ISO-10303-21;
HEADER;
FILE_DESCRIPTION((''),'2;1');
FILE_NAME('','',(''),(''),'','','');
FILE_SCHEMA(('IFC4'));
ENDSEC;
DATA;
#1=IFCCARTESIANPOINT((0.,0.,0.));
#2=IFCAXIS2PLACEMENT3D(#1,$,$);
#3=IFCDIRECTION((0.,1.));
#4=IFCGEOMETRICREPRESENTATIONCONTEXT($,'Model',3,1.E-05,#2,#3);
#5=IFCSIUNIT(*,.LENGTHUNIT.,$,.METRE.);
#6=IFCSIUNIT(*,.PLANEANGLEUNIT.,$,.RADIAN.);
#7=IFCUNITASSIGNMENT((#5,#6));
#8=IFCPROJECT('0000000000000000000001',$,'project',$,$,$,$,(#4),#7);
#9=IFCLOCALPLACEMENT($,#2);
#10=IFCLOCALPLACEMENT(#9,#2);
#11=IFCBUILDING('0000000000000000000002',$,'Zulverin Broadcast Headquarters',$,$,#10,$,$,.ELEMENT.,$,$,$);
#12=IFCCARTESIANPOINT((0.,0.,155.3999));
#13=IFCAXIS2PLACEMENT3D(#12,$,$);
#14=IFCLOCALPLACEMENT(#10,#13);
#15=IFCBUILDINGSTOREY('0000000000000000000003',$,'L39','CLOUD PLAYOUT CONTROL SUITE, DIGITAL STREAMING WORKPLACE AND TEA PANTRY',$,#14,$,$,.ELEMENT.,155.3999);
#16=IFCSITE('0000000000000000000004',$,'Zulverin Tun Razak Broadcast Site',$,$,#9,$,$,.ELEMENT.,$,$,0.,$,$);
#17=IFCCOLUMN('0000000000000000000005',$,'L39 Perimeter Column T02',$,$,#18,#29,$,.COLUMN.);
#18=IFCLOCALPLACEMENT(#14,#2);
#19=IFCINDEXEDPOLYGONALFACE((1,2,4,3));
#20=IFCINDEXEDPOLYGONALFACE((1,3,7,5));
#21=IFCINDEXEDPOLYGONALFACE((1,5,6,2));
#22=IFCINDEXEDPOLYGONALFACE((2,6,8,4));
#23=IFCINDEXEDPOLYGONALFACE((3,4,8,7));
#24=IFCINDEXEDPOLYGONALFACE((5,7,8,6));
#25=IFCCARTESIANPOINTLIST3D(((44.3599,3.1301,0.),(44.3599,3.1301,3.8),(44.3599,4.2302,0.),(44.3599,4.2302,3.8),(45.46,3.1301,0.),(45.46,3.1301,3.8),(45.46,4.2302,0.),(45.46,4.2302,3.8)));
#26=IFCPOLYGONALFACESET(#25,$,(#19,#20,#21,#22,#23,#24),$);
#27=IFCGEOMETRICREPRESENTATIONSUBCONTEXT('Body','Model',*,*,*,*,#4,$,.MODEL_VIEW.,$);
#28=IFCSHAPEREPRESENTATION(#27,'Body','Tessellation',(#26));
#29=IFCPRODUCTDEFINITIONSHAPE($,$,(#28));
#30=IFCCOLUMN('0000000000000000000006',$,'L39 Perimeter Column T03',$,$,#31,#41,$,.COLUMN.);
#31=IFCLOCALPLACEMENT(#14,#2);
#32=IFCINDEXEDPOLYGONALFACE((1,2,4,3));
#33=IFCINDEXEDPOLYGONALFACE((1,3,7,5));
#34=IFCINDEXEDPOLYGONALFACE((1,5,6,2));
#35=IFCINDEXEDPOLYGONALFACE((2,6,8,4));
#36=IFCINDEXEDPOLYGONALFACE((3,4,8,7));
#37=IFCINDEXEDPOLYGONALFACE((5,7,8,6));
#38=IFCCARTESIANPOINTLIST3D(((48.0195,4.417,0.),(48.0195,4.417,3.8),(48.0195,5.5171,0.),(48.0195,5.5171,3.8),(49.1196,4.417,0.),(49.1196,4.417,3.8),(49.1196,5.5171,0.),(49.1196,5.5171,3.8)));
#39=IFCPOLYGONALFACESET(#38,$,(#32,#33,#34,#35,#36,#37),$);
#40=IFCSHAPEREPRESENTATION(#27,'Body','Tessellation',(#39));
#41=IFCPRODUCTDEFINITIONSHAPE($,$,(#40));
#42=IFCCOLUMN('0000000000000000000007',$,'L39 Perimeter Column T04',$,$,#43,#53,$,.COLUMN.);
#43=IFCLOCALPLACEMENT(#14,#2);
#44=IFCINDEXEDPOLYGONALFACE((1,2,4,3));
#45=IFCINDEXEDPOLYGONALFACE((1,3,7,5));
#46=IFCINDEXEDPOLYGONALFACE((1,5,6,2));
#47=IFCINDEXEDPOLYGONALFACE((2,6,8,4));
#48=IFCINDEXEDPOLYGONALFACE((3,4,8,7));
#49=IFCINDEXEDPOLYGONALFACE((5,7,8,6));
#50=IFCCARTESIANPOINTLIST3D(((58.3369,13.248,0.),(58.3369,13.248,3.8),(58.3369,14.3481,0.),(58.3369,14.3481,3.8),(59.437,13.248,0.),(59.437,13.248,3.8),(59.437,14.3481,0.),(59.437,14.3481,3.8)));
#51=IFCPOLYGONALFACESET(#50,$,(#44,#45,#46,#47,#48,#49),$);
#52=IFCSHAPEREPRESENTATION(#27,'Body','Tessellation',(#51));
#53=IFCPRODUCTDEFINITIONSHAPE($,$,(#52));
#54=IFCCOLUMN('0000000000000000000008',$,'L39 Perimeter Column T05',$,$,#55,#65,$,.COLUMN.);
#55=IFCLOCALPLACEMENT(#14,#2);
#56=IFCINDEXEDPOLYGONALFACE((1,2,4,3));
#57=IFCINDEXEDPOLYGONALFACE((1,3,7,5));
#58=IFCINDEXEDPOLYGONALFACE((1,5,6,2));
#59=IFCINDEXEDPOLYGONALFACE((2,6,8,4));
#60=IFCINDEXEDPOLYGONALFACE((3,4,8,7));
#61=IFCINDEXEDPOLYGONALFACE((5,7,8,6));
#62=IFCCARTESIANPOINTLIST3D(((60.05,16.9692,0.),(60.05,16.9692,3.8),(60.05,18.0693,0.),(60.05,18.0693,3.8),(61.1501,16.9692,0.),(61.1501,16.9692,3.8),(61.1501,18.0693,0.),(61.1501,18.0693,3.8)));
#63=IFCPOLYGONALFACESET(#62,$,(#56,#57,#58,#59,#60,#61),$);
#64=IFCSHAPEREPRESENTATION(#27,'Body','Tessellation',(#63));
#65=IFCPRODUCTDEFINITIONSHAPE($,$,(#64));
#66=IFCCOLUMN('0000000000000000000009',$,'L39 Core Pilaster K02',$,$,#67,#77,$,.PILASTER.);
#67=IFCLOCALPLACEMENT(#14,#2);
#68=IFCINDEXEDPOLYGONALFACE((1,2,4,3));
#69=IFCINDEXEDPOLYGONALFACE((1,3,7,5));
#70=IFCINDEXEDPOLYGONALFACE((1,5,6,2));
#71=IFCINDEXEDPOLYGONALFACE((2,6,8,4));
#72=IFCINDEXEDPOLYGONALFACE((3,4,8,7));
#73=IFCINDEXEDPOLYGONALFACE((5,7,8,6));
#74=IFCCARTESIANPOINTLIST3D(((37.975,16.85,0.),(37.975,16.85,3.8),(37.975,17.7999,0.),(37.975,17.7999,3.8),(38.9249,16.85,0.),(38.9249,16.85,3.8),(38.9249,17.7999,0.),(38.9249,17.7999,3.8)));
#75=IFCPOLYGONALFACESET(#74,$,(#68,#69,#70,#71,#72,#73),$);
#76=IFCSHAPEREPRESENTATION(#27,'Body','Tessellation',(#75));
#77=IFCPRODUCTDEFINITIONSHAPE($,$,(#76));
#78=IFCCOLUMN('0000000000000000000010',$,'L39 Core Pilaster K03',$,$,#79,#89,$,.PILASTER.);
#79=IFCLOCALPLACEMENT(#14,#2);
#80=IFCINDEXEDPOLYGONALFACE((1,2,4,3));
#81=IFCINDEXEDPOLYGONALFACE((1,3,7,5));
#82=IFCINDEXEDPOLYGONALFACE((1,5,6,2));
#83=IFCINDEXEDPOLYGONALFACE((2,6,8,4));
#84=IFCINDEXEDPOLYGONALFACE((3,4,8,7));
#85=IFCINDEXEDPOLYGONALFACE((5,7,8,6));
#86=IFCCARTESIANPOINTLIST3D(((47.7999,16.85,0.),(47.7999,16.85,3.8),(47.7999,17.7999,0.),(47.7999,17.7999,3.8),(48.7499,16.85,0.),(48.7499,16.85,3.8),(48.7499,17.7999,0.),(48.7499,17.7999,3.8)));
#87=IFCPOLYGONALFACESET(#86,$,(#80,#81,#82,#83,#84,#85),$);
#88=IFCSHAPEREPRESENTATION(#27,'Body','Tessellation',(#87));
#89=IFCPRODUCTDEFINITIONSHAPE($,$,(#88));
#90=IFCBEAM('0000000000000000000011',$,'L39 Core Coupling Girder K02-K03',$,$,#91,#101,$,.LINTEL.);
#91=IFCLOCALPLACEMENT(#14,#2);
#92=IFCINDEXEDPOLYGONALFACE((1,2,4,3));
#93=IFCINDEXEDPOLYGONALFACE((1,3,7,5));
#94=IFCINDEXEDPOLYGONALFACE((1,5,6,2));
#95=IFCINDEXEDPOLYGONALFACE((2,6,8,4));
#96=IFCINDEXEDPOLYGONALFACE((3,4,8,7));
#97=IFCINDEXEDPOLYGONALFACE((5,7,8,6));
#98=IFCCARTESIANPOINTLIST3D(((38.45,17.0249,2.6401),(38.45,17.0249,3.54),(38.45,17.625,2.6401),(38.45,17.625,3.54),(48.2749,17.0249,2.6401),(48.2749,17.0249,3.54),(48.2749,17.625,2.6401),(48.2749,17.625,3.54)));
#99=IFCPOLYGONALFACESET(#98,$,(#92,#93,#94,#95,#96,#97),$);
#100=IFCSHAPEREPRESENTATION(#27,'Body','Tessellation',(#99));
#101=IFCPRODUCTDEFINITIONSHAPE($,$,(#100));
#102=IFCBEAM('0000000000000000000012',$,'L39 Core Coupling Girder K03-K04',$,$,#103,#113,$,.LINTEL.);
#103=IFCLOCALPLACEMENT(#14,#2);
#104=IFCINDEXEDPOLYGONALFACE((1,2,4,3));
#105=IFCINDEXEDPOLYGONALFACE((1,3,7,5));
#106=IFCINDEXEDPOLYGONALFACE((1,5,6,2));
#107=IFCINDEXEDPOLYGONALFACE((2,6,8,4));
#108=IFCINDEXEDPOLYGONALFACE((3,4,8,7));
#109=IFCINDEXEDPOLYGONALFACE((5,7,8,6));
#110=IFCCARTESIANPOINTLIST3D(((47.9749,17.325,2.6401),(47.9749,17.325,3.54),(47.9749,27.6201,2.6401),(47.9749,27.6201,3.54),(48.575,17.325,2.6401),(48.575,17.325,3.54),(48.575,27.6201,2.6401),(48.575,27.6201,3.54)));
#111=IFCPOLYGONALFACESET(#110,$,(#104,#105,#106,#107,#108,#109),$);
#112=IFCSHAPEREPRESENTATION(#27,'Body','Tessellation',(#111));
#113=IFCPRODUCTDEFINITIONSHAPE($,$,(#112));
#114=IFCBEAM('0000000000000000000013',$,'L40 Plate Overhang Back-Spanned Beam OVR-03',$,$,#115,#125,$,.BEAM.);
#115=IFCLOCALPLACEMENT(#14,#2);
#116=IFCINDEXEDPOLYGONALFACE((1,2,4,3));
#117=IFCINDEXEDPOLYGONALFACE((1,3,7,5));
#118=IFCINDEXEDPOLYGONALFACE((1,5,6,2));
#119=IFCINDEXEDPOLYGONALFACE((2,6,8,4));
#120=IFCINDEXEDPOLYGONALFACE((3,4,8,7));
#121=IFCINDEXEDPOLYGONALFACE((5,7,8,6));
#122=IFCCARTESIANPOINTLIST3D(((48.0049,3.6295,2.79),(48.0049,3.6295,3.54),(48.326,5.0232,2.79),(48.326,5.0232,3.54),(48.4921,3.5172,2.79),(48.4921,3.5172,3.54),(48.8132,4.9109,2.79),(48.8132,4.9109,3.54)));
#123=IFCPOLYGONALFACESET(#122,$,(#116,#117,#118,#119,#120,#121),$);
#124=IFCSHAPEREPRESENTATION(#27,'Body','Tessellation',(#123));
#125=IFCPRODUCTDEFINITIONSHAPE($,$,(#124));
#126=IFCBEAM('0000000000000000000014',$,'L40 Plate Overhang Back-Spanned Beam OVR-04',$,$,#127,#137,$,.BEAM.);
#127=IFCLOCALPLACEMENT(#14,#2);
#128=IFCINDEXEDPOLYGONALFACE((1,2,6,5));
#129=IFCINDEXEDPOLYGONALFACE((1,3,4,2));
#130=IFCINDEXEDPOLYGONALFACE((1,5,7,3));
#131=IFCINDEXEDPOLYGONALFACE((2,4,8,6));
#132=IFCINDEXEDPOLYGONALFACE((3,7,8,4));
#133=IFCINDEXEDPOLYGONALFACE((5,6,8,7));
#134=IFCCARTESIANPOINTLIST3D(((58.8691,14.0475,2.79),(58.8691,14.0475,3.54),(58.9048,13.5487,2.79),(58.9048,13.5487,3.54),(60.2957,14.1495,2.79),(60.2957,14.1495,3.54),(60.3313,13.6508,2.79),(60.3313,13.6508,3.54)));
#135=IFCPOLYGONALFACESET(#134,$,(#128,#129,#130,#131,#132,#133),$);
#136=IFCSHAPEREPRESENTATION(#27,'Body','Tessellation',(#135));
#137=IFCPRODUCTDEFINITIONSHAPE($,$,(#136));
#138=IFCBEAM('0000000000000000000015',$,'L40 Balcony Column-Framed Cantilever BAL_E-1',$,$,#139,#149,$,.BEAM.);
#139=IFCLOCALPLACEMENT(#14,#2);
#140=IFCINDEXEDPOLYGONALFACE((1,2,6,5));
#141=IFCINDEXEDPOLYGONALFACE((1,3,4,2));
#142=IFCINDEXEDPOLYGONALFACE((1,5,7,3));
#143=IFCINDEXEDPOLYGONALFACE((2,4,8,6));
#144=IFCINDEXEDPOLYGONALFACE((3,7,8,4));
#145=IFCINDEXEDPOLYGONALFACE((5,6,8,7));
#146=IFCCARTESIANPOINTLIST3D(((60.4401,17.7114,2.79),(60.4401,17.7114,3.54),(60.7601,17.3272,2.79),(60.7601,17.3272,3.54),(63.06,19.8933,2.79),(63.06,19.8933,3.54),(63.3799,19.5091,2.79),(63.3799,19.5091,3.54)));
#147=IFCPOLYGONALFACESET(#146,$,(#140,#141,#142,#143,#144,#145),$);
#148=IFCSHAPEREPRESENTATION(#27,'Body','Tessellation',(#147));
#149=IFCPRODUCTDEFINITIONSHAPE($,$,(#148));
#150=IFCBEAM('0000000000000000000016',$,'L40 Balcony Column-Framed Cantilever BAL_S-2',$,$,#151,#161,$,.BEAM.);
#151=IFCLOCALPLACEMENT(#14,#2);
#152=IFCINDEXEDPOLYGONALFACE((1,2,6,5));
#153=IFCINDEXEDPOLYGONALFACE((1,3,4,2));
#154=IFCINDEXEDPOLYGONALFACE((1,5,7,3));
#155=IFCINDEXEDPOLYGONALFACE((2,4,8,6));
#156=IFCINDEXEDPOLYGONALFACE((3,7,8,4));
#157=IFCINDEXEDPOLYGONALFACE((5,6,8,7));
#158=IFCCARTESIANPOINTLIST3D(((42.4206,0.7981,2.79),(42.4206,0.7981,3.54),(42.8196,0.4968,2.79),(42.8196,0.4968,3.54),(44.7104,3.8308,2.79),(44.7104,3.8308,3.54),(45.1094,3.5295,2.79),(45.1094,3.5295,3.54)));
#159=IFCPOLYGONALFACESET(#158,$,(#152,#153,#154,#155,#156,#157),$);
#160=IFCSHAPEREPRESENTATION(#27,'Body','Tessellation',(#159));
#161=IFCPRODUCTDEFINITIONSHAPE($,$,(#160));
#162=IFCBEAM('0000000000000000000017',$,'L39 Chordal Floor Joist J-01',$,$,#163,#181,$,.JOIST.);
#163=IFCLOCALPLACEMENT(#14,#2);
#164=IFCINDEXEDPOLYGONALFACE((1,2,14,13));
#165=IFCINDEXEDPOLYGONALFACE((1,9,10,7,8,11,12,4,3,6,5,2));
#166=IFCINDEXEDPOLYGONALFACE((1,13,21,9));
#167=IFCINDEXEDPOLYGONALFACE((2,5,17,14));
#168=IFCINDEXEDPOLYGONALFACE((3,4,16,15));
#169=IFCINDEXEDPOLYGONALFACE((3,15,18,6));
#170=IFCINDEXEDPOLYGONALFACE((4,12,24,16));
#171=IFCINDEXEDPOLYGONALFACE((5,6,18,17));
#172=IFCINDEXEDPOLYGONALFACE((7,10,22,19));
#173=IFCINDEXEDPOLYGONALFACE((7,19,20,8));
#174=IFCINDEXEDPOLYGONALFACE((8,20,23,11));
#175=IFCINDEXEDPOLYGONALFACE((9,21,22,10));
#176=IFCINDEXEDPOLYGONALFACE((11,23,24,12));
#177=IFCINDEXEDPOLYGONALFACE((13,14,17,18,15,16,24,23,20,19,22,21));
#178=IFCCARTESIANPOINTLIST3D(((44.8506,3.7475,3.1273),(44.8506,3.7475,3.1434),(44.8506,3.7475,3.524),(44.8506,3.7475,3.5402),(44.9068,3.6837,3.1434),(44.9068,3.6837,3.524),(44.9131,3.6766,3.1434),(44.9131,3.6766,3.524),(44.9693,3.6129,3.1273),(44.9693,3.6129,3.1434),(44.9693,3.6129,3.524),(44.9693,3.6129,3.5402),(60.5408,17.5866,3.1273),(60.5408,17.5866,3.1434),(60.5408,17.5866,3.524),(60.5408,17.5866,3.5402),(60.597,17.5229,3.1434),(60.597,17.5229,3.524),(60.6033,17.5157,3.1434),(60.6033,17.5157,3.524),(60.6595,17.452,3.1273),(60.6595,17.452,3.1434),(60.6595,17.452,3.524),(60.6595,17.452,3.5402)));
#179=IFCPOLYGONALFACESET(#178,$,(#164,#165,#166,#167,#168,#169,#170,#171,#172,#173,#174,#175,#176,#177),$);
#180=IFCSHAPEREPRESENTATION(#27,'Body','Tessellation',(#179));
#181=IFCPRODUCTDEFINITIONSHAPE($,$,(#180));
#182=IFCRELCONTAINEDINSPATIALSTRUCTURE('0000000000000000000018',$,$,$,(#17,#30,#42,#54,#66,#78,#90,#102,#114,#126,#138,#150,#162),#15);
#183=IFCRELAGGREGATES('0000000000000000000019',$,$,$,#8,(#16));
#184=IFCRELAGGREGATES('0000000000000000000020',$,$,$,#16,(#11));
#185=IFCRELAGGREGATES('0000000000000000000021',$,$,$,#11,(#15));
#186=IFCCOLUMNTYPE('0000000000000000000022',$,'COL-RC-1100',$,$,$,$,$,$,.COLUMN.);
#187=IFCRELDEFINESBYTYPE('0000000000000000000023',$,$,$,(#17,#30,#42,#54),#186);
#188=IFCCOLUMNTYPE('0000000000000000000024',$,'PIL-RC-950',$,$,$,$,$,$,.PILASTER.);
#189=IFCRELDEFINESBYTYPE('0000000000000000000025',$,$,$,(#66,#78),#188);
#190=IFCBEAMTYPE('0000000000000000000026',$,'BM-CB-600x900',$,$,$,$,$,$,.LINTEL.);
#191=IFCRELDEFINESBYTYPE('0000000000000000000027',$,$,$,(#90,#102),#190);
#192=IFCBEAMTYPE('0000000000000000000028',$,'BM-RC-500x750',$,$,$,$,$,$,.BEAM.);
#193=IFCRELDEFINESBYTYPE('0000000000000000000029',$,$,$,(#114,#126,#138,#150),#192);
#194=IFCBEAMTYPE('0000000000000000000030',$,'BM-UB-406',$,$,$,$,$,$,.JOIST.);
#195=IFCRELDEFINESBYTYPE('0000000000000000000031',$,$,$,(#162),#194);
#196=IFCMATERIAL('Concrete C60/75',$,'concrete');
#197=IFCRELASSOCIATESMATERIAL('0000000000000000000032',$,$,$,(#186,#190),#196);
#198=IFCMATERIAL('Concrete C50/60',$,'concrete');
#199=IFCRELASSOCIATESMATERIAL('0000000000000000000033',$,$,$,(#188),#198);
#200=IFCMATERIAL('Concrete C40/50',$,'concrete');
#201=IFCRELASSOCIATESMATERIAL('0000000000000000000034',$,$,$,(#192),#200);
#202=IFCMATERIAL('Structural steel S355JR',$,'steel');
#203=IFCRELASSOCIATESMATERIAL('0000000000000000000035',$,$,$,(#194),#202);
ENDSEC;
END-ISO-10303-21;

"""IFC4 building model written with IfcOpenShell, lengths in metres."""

from ifc_helpers import new_model, si_unit, direction, frame, origin, origin_2d, place, context, subcontext, project, spatial, rectangle, i_section, extrude, material, material_profile, profile_set, type_object, element, save


model = new_model("IFC4")

# Units and contexts
model_context = context("Model", 3, precision=1e-05, world=origin(), true_north=direction((0.0, 1.0)))
body_context = subcontext(model_context, "Body", "Model", "MODEL_VIEW")
ifc_project = project(units=[si_unit("LENGTHUNIT", "METRE"), si_unit("PLANEANGLEUNIT", "RADIAN")], contexts=[model_context])

# Site, building, storey
site_placement = place(None, origin())
site = spatial("IfcSite", under=ifc_project, at=site_placement, Name="Zulverin Tun Razak Broadcast Site", CompositionType="ELEMENT", RefElevation=0.0)
building_placement = place(site_placement, origin())
building = spatial("IfcBuilding", under=site, at=building_placement, Name="Zulverin Broadcast Headquarters", CompositionType="ELEMENT")
storey_placement = place(building_placement, frame((0.0, 0.0, 155.3999)))
storey = spatial("IfcBuildingStorey", under=building, at=storey_placement, Name="L39", Description="CLOUD PLAYOUT CONTROL SUITE, DIGITAL STREAMING WORKPLACE AND TEA PANTRY", CompositionType="ELEMENT", Elevation=155.3999)

# Columns
ifc_material_1 = material(Name="Concrete C60/75", Category="concrete")
ifc_material_profile_1 = material_profile(ifc_material_1, rectangle(XDim=1.1001, YDim=1.1001, at=origin_2d()), Name="Concrete C60/75", Category="concrete")
ifc_profile_set_1 = profile_set([ifc_material_profile_1], Name="Concrete C60/75")
column_type_1 = type_object("IfcColumnType", Name="COL-RC-1100", PredefinedType="COLUMN", material=ifc_profile_set_1)
for number, where, z_axis, x_axis, name in (
    (1, (44.9099, 3.6802, 0.0), (0.0, 0.0, 1.0), (1.0, 0.0, 0.0), "L39 Perimeter Column T02"),
    (2, (48.5696, 4.967, 0.0), (0.0, 0.0, 1.0), (1.0, 0.0, 0.0), "L39 Perimeter Column T03"),
    (3, (58.887, 13.7981, 0.0), (0.0, 0.0, 1.0), (1.0, 0.0, 0.0), "L39 Perimeter Column T04"),
    (4, (60.6001, 17.5193, 0.0), (0.0, 0.0, 1.0), (1.0, 0.0, 0.0), "L39 Perimeter Column T05"),
):
    element("IfcColumn", number, at=place(storey_placement, frame(where, z_axis=z_axis, x_axis=x_axis)), inside=storey, type_object=column_type_1, Name=name, PredefinedType="COLUMN", context=body_context, shape_type="SweptSolid", body=[
        extrude(rectangle(XDim=1.1001, YDim=1.1001, at=origin_2d()), origin(), (0.0, 0.0, 1.0), 3.8),
    ])
ifc_material_2 = material(Name="Concrete C50/60", Category="concrete")
ifc_material_profile_2 = material_profile(ifc_material_2, rectangle(XDim=0.95, YDim=0.95, at=origin_2d()), Name="Concrete C50/60", Category="concrete")
ifc_profile_set_2 = profile_set([ifc_material_profile_2], Name="Concrete C50/60")
column_type_2 = type_object("IfcColumnType", Name="PIL-RC-950", PredefinedType="PILASTER", material=ifc_profile_set_2)
for number, where, z_axis, x_axis, name in (
    (5, (38.45, 17.325, 0.0), (0.0, 0.0, 1.0), (1.0, 0.0, 0.0), "L39 Core Pilaster K02"),
    (6, (48.2749, 17.325, 0.0), (0.0, 0.0, 1.0), (1.0, 0.0, 0.0), "L39 Core Pilaster K03"),
):
    element("IfcColumn", number, at=place(storey_placement, frame(where, z_axis=z_axis, x_axis=x_axis)), inside=storey, type_object=column_type_2, Name=name, PredefinedType="PILASTER", context=body_context, shape_type="SweptSolid", body=[
        extrude(rectangle(XDim=0.95, YDim=0.95, at=origin_2d()), origin(), (0.0, 0.0, 1.0), 3.8),
    ])

# Beams
ifc_material_profile_3 = material_profile(ifc_material_1, rectangle(XDim=0.6001, YDim=0.8999, at=origin_2d()), Name="Concrete C60/75", Category="concrete")
ifc_profile_set_3 = profile_set([ifc_material_profile_3], Name="Concrete C60/75")
beam_type_1 = type_object("IfcBeamType", Name="BM-CB-600x900", PredefinedType="LINTEL", material=ifc_profile_set_3)
beam_1_placement = place(storey_placement, frame((38.45, 17.325, 3.0901), z_axis=(1.0, 0.0, 0.0), x_axis=(0.0, 1.0, 0.0)))
element("IfcBeam", 7, at=beam_1_placement, inside=storey, type_object=beam_type_1, Name="L39 Core Coupling Girder K02-K03", PredefinedType="LINTEL", context=body_context, shape_type="SweptSolid", body=[
    extrude(rectangle(XDim=0.6001, YDim=0.8999, at=origin_2d()), origin(), (0.0, 0.0, 1.0), 9.825),
])
beam_2_placement = place(storey_placement, frame((48.2749, 17.325, 3.0901), z_axis=(0.0, 1.0, 0.0), x_axis=(-1.0, 0.0, 0.0)))
element("IfcBeam", 8, at=beam_2_placement, inside=storey, type_object=beam_type_1, Name="L39 Core Coupling Girder K03-K04", PredefinedType="LINTEL", context=body_context, shape_type="SweptSolid", body=[
    extrude(rectangle(XDim=0.6001, YDim=0.8999, at=origin_2d()), origin(), (0.0, 0.0, 1.0), 10.2952),
])
ifc_material_3 = material(Name="Concrete C40/50", Category="concrete")
ifc_material_profile_4 = material_profile(ifc_material_3, rectangle(XDim=0.5, YDim=0.75, at=origin_2d()), Name="Concrete C40/50", Category="concrete")
ifc_profile_set_4 = profile_set([ifc_material_profile_4], Name="Concrete C40/50")
beam_type_2 = type_object("IfcBeamType", Name="BM-RC-500x750", PredefinedType="BEAM", material=ifc_profile_set_4)
for number, where, z_axis, x_axis, name in (
    (9, (48.5696, 4.967, 3.165), (-0.224498, -0.974475, 0.0), (0.974475, -0.224498, 0.0), "L40 Plate Overhang Back-Spanned Beam OVR-03"),
    (10, (58.887, 13.7981, 3.165), (0.997451, 0.071356, 0.0), (-0.071356, 0.997451, 0.0), "L40 Plate Overhang Back-Spanned Beam OVR-04"),
):
    element("IfcBeam", number, at=place(storey_placement, frame(where, z_axis=z_axis, x_axis=x_axis)), inside=storey, type_object=beam_type_2, Name=name, PredefinedType="BEAM", context=body_context, shape_type="SweptSolid", body=[
        extrude(rectangle(XDim=0.5, YDim=0.75, at=origin_2d()), origin(), (0.0, 0.0, 1.0), 1.4302),
    ])
beam_3_placement = place(storey_placement, frame((60.6001, 17.5193, 3.165), z_axis=(0.768415, 0.639952, 0.0), x_axis=(-0.639952, 0.768415, 0.0)))
element("IfcBeam", 11, at=beam_3_placement, inside=storey, type_object=beam_type_2, Name="L40 Balcony Column-Framed Cantilever BAL_E-1", PredefinedType="BEAM", context=body_context, shape_type="SweptSolid", body=[
    extrude(rectangle(XDim=0.5, YDim=0.75, at=origin_2d()), origin(), (0.0, 0.0, 1.0), 3.4094),
])
beam_4_placement = place(storey_placement, frame((44.9099, 3.6802, 3.165), z_axis=(-0.602567, -0.798068, 0.0), x_axis=(0.798068, -0.602567, 0.0)))
element("IfcBeam", 12, at=beam_4_placement, inside=storey, type_object=beam_type_2, Name="L40 Balcony Column-Framed Cantilever BAL_S-2", PredefinedType="BEAM", context=body_context, shape_type="SweptSolid", body=[
    extrude(rectangle(XDim=0.5, YDim=0.75, at=origin_2d()), origin(), (0.0, 0.0, 1.0), 3.8),
])
ifc_material_4 = material(Name="Structural steel S355JR", Category="steel")
ifc_material_profile_5 = material_profile(ifc_material_4, i_section(OverallWidth=0.1794, OverallDepth=0.4128, WebThickness=0.0095, FlangeThickness=0.0161, at=origin_2d()), Name="Structural steel S355JR", Category="steel")
ifc_profile_set_5 = profile_set([ifc_material_profile_5], Name="Structural steel S355JR")
beam_type_3 = type_object("IfcBeamType", Name="BM-UB-406", PredefinedType="JOIST", material=ifc_profile_set_5)
beam_5_placement = place(storey_placement, frame((44.9099, 3.6802, 3.3337), z_axis=(0.74996, 0.661483, 0.0), x_axis=(-0.661483, 0.74996, 0.0)))
element("IfcBeam", 13, at=beam_5_placement, inside=storey, type_object=beam_type_3, Name="L39 Chordal Floor Joist J-01", PredefinedType="JOIST", context=body_context, shape_type="SweptSolid", body=[
    extrude(i_section(OverallWidth=0.1794, OverallDepth=0.4128, WebThickness=0.0095, FlangeThickness=0.0161, at=origin_2d()), origin(), (0.0, 0.0, 1.0), 20.9214),
])

save(model, "model.ifc")
